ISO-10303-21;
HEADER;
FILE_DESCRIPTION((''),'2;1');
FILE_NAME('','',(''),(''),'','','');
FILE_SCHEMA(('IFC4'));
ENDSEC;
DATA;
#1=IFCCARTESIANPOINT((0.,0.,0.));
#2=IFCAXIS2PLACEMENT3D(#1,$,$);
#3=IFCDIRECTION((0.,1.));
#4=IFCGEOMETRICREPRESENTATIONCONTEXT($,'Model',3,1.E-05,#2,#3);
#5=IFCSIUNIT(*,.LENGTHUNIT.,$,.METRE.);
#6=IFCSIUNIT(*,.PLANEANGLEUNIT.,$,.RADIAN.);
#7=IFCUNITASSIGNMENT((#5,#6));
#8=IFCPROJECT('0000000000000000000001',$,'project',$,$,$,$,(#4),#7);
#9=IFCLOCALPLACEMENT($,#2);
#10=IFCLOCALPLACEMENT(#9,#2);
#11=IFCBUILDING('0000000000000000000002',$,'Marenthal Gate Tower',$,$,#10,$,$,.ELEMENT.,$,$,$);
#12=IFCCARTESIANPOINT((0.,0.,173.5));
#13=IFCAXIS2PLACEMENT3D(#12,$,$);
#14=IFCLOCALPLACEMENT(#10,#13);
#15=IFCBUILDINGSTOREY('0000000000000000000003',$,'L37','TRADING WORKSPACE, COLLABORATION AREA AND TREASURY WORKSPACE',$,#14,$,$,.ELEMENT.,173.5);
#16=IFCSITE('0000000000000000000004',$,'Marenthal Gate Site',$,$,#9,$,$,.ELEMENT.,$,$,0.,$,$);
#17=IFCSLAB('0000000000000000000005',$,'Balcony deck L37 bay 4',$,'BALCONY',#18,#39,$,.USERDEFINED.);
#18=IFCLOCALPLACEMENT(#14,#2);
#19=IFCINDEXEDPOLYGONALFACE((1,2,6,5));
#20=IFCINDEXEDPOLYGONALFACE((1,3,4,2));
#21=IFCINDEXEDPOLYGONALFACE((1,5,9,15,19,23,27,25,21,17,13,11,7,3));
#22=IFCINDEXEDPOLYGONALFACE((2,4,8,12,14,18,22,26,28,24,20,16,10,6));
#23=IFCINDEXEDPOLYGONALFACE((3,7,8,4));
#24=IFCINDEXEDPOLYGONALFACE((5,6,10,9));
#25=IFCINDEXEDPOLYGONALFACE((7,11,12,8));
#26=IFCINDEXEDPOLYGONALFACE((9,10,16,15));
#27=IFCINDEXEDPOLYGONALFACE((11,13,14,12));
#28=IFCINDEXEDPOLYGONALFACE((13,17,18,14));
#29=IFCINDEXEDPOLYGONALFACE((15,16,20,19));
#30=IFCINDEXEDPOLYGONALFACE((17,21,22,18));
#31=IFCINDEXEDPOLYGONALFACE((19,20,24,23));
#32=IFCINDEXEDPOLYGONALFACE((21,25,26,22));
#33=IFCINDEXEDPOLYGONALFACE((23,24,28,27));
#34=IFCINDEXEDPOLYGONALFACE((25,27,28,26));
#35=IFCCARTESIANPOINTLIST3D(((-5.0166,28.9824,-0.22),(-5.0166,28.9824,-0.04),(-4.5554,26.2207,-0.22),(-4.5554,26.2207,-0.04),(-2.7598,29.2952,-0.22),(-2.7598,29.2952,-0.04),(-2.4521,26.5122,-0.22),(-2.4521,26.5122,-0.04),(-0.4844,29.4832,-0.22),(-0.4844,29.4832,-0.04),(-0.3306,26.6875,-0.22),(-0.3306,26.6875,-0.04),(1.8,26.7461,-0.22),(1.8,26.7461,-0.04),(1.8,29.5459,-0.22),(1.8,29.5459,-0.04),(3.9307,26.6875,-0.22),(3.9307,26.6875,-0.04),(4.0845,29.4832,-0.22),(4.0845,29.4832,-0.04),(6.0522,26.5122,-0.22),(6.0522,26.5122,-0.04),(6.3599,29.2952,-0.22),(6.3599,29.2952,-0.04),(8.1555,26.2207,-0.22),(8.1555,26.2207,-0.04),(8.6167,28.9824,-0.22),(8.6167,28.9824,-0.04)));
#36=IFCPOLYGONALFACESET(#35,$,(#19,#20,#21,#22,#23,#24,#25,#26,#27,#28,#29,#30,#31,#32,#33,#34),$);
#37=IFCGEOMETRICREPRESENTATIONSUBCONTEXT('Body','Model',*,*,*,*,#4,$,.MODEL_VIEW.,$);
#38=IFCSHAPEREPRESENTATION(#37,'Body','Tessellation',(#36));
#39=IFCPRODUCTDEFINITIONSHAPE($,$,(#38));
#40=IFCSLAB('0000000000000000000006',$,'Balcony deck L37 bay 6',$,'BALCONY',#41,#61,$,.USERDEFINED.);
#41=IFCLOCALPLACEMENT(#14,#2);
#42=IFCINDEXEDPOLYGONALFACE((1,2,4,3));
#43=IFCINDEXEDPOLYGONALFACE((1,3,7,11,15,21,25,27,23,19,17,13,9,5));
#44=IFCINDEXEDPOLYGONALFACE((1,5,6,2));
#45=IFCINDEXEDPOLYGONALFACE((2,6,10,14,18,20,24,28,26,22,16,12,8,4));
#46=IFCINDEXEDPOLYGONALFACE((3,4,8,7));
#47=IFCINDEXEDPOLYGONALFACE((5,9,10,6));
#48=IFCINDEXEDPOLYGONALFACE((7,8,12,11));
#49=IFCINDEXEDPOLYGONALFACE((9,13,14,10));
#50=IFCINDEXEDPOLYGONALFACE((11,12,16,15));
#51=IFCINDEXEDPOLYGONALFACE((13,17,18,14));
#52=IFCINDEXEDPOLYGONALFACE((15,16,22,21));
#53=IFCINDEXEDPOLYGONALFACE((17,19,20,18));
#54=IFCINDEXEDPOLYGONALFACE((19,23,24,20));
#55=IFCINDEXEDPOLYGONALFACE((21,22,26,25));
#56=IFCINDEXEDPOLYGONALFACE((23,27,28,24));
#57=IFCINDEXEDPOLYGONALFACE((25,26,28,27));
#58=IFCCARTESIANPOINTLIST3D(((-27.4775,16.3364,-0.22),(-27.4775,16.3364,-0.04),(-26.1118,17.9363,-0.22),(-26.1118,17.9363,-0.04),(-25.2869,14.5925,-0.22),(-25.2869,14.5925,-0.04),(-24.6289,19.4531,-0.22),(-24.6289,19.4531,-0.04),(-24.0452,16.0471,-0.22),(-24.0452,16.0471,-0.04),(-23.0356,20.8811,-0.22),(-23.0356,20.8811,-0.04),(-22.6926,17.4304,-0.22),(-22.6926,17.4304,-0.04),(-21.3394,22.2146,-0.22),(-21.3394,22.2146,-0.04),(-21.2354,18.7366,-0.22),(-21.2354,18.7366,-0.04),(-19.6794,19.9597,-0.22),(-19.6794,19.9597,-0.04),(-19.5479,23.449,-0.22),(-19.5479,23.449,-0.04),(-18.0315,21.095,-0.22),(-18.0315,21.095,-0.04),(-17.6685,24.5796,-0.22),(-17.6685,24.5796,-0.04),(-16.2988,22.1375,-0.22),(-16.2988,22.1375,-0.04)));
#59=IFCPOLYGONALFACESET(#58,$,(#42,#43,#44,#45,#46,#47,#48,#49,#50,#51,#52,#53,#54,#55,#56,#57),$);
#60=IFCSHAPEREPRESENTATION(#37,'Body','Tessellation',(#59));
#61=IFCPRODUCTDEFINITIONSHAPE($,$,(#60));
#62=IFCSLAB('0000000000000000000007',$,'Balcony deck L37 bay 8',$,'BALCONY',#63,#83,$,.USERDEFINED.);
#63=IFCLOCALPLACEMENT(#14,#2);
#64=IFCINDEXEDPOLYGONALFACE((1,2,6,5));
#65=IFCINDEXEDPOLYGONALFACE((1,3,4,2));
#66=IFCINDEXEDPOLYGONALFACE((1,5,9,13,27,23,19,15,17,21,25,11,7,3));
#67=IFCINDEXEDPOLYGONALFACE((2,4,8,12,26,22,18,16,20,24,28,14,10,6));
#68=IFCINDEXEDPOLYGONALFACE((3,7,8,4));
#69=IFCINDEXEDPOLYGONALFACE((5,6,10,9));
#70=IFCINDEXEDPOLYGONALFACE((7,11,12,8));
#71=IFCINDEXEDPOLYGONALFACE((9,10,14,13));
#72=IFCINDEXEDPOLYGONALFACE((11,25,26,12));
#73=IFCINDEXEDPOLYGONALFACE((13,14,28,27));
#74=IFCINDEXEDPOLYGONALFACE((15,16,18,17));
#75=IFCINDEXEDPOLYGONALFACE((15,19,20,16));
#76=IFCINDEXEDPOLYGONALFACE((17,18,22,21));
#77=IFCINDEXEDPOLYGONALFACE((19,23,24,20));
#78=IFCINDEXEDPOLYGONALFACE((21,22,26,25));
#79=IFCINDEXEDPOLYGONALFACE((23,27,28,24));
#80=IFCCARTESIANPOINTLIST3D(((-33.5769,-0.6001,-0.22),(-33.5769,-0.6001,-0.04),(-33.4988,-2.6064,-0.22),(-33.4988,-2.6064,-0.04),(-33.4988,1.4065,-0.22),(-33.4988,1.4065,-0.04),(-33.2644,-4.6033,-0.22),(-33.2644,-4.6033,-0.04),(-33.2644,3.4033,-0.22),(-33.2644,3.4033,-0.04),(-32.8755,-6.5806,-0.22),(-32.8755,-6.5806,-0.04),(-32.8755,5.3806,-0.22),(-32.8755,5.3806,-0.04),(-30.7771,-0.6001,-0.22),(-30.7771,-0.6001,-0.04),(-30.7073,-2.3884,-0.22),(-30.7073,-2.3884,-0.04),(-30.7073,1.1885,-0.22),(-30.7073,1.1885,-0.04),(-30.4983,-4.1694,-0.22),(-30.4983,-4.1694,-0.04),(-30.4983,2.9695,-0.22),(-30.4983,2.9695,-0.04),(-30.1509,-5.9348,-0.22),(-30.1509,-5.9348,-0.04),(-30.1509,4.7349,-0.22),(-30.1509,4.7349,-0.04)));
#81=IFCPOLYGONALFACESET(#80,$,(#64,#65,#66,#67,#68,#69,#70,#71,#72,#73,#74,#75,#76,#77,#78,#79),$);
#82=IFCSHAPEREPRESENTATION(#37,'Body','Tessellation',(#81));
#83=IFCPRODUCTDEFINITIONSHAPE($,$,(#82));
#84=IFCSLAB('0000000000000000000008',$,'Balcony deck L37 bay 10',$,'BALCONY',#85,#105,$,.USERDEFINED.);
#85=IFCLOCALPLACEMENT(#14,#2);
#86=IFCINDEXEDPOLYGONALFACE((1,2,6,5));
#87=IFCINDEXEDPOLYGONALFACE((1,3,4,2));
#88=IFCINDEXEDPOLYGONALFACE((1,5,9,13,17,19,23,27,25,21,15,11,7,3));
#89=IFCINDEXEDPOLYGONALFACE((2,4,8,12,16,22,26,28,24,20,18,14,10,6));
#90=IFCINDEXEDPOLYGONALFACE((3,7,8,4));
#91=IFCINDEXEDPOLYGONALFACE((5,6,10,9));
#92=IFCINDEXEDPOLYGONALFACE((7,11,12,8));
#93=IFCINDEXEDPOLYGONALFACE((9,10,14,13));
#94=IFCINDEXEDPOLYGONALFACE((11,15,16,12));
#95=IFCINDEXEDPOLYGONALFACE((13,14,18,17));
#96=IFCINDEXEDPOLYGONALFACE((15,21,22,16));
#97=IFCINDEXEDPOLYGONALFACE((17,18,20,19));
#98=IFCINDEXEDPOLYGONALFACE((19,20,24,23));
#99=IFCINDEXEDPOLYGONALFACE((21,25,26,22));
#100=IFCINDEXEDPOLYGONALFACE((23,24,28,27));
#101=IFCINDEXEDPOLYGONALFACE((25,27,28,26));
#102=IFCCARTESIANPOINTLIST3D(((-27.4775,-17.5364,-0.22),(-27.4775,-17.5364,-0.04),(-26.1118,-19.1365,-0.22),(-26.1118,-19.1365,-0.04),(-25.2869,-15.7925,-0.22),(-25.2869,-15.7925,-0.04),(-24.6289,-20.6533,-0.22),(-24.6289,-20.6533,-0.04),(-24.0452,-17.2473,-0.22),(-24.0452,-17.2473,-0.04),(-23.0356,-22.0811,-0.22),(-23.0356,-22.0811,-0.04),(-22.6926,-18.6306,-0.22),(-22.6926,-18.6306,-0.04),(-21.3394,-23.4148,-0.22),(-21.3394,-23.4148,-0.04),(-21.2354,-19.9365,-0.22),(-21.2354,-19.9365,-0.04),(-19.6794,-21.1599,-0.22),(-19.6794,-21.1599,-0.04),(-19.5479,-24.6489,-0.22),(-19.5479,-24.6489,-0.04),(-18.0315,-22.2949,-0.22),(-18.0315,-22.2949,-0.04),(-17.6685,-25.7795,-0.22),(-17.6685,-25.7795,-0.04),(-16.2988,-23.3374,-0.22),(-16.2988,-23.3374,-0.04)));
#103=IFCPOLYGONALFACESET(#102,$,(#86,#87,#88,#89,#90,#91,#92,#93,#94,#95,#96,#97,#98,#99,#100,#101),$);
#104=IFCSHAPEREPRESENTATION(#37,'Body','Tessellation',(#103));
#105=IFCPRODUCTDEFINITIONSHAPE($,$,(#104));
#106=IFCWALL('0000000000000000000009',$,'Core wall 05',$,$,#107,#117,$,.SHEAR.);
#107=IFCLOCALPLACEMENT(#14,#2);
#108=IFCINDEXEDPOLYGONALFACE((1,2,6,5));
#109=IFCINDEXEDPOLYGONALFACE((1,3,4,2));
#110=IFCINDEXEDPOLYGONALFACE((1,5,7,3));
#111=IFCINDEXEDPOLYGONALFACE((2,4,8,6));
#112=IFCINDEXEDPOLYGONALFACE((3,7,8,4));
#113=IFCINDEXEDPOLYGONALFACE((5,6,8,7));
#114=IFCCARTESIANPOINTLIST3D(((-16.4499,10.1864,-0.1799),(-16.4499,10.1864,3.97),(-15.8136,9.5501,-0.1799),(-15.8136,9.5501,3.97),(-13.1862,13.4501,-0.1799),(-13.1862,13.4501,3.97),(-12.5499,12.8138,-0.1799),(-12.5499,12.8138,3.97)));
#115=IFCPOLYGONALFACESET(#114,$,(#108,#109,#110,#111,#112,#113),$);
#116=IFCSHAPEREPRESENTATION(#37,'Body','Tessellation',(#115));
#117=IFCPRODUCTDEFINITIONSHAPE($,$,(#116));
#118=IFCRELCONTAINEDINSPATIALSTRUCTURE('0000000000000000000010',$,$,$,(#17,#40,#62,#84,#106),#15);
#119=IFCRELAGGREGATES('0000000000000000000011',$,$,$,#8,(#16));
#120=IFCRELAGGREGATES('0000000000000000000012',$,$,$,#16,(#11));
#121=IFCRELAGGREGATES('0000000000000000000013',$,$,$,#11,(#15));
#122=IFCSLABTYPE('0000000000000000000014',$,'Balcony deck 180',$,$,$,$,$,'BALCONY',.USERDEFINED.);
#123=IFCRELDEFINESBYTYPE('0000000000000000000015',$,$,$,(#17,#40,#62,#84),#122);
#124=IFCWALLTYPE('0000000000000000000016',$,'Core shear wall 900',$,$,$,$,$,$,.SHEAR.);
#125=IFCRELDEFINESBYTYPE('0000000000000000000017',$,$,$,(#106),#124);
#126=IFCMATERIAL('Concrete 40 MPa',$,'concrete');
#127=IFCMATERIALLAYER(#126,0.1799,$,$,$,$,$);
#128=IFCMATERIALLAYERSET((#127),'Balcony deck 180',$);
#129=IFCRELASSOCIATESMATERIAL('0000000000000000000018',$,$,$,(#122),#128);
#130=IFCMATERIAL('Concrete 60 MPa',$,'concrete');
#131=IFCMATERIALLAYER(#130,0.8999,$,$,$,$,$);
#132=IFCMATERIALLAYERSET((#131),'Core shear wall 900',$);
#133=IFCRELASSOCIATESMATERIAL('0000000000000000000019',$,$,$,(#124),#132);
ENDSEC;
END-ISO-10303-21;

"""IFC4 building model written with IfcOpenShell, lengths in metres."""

from ifc_helpers import new_model, si_unit, direction, frame, frame_2d, origin, place, context, subcontext, project, spatial, polyline, rectangle, outline, extrude, material, layer, layer_set, type_object, element, save


model = new_model("IFC4")

# Units and contexts
model_context = context("Model", 3, precision=1e-05, world=origin(), true_north=direction((0.0, 1.0)))
body_context = subcontext(model_context, "Body", "Model", "MODEL_VIEW")
ifc_project = project(units=[si_unit("LENGTHUNIT", "METRE"), si_unit("PLANEANGLEUNIT", "RADIAN")], contexts=[model_context])

# Site, building, storey
site_placement = place(None, origin())
site = spatial("IfcSite", under=ifc_project, at=site_placement, Name="Marenthal Gate Site", CompositionType="ELEMENT", RefElevation=0.0)
building_placement = place(site_placement, origin())
building = spatial("IfcBuilding", under=site, at=building_placement, Name="Marenthal Gate Tower", CompositionType="ELEMENT")
storey_placement = place(building_placement, frame((0.0, 0.0, 173.5)))
storey = spatial("IfcBuildingStorey", under=building, at=storey_placement, Name="L37", Description="TRADING WORKSPACE, COLLABORATION AREA AND TREASURY WORKSPACE", CompositionType="ELEMENT", Elevation=173.5)

# Slabs
ifc_material_1 = material(Name="Concrete 40 MPa", Category="concrete")
ifc_layer_1 = layer(ifc_material_1, 0.1799)
ifc_layer_set_1 = layer_set([ifc_layer_1], Name="Balcony deck 180")
slab_type = type_object("IfcSlabType", Name="Balcony deck 180", ElementType="BALCONY", PredefinedType="USERDEFINED", material=ifc_layer_set_1)
slab_1_placement = place(storey_placement, frame((0.0, 0.0, -0.22)))
element("IfcSlab", 1, at=slab_1_placement, inside=storey, type_object=slab_type, Name="Balcony deck L37 bay 4", ObjectType="BALCONY", PredefinedType="USERDEFINED", context=body_context, shape_type="SweptSolid", body=[
    extrude(outline(polyline([(8.1555, 26.2207), (6.0522, 26.5122), (3.9307, 26.6875), (1.8, 26.7461), (-0.3306, 26.6875), (-2.4521, 26.5122), (-4.5554, 26.2207), (-5.0166, 28.9824), (-2.7598, 29.2952), (-0.4844, 29.4832), (1.8, 29.5459), (4.0845, 29.4832), (6.3599, 29.2952), (8.6167, 28.9824), (8.1555, 26.2207)])), origin(), (0.0, 0.0, 1.0), 0.1799),
])
slab_2_placement = place(storey_placement, frame((0.0, 0.0, -0.22)))
element("IfcSlab", 2, at=slab_2_placement, inside=storey, type_object=slab_type, Name="Balcony deck L37 bay 6", ObjectType="BALCONY", PredefinedType="USERDEFINED", context=body_context, shape_type="SweptSolid", body=[
    extrude(outline(polyline([(-16.2988, 22.1375), (-18.0315, 21.095), (-19.6794, 19.9597), (-21.2354, 18.7366), (-22.6926, 17.4304), (-24.0452, 16.0471), (-25.2869, 14.5925), (-27.4775, 16.3364), (-26.1118, 17.9363), (-24.6289, 19.4531), (-23.0356, 20.8811), (-21.3394, 22.2146), (-19.5479, 23.449), (-17.6685, 24.5796), (-16.2988, 22.1375)])), origin(), (0.0, 0.0, 1.0), 0.1799),
])
slab_3_placement = place(storey_placement, frame((0.0, 0.0, -0.22)))
element("IfcSlab", 3, at=slab_3_placement, inside=storey, type_object=slab_type, Name="Balcony deck L37 bay 8", ObjectType="BALCONY", PredefinedType="USERDEFINED", context=body_context, shape_type="SweptSolid", body=[
    extrude(outline(polyline([(-30.1509, 4.7349), (-30.4983, 2.9695), (-30.7073, 1.1885), (-30.7771, -0.6001), (-30.7073, -2.3884), (-30.4983, -4.1694), (-30.1509, -5.9348), (-32.8755, -6.5806), (-33.2644, -4.6033), (-33.4988, -2.6064), (-33.5769, -0.6001), (-33.4988, 1.4065), (-33.2644, 3.4033), (-32.8755, 5.3806), (-30.1509, 4.7349)])), origin(), (0.0, 0.0, 1.0), 0.1799),
])
slab_4_placement = place(storey_placement, frame((0.0, 0.0, -0.22)))
element("IfcSlab", 4, at=slab_4_placement, inside=storey, type_object=slab_type, Name="Balcony deck L37 bay 10", ObjectType="BALCONY", PredefinedType="USERDEFINED", context=body_context, shape_type="SweptSolid", body=[
    extrude(outline(polyline([(-25.2869, -15.7925), (-24.0452, -17.2473), (-22.6926, -18.6306), (-21.2354, -19.9365), (-19.6794, -21.1599), (-18.0315, -22.2949), (-16.2988, -23.3374), (-17.6685, -25.7795), (-19.5479, -24.6489), (-21.3394, -23.4148), (-23.0356, -22.0811), (-24.6289, -20.6533), (-26.1118, -19.1365), (-27.4775, -17.5364), (-25.2869, -15.7925)])), origin(), (0.0, 0.0, 1.0), 0.1799),
])

# Wall
ifc_material_2 = material(Name="Concrete 60 MPa", Category="concrete")
ifc_layer_2 = layer(ifc_material_2, 0.8999)
ifc_layer_set_2 = layer_set([ifc_layer_2], Name="Core shear wall 900")
wall_type_1 = type_object("IfcWallType", Name="Core shear wall 900", PredefinedType="SHEAR", material=ifc_layer_set_2)
wall_1_placement = place(storey_placement, frame((-12.8682, 13.1318, -0.1799), z_axis=(0.0, 0.0, 1.0), x_axis=(-0.707107, -0.707107, 0.0)))
element("IfcWall", 5, at=wall_1_placement, inside=storey, type_object=wall_type_1, Name="Core wall 05", PredefinedType="SHEAR", context=body_context, shape_type="SweptSolid", body=[
    extrude(rectangle(XDim=4.6155, YDim=0.8999, at=frame_2d((2.3076, 0.0))), origin(), (0.0, 0.0, 1.0), 4.1499),
])

save(model, "model.ifc")
